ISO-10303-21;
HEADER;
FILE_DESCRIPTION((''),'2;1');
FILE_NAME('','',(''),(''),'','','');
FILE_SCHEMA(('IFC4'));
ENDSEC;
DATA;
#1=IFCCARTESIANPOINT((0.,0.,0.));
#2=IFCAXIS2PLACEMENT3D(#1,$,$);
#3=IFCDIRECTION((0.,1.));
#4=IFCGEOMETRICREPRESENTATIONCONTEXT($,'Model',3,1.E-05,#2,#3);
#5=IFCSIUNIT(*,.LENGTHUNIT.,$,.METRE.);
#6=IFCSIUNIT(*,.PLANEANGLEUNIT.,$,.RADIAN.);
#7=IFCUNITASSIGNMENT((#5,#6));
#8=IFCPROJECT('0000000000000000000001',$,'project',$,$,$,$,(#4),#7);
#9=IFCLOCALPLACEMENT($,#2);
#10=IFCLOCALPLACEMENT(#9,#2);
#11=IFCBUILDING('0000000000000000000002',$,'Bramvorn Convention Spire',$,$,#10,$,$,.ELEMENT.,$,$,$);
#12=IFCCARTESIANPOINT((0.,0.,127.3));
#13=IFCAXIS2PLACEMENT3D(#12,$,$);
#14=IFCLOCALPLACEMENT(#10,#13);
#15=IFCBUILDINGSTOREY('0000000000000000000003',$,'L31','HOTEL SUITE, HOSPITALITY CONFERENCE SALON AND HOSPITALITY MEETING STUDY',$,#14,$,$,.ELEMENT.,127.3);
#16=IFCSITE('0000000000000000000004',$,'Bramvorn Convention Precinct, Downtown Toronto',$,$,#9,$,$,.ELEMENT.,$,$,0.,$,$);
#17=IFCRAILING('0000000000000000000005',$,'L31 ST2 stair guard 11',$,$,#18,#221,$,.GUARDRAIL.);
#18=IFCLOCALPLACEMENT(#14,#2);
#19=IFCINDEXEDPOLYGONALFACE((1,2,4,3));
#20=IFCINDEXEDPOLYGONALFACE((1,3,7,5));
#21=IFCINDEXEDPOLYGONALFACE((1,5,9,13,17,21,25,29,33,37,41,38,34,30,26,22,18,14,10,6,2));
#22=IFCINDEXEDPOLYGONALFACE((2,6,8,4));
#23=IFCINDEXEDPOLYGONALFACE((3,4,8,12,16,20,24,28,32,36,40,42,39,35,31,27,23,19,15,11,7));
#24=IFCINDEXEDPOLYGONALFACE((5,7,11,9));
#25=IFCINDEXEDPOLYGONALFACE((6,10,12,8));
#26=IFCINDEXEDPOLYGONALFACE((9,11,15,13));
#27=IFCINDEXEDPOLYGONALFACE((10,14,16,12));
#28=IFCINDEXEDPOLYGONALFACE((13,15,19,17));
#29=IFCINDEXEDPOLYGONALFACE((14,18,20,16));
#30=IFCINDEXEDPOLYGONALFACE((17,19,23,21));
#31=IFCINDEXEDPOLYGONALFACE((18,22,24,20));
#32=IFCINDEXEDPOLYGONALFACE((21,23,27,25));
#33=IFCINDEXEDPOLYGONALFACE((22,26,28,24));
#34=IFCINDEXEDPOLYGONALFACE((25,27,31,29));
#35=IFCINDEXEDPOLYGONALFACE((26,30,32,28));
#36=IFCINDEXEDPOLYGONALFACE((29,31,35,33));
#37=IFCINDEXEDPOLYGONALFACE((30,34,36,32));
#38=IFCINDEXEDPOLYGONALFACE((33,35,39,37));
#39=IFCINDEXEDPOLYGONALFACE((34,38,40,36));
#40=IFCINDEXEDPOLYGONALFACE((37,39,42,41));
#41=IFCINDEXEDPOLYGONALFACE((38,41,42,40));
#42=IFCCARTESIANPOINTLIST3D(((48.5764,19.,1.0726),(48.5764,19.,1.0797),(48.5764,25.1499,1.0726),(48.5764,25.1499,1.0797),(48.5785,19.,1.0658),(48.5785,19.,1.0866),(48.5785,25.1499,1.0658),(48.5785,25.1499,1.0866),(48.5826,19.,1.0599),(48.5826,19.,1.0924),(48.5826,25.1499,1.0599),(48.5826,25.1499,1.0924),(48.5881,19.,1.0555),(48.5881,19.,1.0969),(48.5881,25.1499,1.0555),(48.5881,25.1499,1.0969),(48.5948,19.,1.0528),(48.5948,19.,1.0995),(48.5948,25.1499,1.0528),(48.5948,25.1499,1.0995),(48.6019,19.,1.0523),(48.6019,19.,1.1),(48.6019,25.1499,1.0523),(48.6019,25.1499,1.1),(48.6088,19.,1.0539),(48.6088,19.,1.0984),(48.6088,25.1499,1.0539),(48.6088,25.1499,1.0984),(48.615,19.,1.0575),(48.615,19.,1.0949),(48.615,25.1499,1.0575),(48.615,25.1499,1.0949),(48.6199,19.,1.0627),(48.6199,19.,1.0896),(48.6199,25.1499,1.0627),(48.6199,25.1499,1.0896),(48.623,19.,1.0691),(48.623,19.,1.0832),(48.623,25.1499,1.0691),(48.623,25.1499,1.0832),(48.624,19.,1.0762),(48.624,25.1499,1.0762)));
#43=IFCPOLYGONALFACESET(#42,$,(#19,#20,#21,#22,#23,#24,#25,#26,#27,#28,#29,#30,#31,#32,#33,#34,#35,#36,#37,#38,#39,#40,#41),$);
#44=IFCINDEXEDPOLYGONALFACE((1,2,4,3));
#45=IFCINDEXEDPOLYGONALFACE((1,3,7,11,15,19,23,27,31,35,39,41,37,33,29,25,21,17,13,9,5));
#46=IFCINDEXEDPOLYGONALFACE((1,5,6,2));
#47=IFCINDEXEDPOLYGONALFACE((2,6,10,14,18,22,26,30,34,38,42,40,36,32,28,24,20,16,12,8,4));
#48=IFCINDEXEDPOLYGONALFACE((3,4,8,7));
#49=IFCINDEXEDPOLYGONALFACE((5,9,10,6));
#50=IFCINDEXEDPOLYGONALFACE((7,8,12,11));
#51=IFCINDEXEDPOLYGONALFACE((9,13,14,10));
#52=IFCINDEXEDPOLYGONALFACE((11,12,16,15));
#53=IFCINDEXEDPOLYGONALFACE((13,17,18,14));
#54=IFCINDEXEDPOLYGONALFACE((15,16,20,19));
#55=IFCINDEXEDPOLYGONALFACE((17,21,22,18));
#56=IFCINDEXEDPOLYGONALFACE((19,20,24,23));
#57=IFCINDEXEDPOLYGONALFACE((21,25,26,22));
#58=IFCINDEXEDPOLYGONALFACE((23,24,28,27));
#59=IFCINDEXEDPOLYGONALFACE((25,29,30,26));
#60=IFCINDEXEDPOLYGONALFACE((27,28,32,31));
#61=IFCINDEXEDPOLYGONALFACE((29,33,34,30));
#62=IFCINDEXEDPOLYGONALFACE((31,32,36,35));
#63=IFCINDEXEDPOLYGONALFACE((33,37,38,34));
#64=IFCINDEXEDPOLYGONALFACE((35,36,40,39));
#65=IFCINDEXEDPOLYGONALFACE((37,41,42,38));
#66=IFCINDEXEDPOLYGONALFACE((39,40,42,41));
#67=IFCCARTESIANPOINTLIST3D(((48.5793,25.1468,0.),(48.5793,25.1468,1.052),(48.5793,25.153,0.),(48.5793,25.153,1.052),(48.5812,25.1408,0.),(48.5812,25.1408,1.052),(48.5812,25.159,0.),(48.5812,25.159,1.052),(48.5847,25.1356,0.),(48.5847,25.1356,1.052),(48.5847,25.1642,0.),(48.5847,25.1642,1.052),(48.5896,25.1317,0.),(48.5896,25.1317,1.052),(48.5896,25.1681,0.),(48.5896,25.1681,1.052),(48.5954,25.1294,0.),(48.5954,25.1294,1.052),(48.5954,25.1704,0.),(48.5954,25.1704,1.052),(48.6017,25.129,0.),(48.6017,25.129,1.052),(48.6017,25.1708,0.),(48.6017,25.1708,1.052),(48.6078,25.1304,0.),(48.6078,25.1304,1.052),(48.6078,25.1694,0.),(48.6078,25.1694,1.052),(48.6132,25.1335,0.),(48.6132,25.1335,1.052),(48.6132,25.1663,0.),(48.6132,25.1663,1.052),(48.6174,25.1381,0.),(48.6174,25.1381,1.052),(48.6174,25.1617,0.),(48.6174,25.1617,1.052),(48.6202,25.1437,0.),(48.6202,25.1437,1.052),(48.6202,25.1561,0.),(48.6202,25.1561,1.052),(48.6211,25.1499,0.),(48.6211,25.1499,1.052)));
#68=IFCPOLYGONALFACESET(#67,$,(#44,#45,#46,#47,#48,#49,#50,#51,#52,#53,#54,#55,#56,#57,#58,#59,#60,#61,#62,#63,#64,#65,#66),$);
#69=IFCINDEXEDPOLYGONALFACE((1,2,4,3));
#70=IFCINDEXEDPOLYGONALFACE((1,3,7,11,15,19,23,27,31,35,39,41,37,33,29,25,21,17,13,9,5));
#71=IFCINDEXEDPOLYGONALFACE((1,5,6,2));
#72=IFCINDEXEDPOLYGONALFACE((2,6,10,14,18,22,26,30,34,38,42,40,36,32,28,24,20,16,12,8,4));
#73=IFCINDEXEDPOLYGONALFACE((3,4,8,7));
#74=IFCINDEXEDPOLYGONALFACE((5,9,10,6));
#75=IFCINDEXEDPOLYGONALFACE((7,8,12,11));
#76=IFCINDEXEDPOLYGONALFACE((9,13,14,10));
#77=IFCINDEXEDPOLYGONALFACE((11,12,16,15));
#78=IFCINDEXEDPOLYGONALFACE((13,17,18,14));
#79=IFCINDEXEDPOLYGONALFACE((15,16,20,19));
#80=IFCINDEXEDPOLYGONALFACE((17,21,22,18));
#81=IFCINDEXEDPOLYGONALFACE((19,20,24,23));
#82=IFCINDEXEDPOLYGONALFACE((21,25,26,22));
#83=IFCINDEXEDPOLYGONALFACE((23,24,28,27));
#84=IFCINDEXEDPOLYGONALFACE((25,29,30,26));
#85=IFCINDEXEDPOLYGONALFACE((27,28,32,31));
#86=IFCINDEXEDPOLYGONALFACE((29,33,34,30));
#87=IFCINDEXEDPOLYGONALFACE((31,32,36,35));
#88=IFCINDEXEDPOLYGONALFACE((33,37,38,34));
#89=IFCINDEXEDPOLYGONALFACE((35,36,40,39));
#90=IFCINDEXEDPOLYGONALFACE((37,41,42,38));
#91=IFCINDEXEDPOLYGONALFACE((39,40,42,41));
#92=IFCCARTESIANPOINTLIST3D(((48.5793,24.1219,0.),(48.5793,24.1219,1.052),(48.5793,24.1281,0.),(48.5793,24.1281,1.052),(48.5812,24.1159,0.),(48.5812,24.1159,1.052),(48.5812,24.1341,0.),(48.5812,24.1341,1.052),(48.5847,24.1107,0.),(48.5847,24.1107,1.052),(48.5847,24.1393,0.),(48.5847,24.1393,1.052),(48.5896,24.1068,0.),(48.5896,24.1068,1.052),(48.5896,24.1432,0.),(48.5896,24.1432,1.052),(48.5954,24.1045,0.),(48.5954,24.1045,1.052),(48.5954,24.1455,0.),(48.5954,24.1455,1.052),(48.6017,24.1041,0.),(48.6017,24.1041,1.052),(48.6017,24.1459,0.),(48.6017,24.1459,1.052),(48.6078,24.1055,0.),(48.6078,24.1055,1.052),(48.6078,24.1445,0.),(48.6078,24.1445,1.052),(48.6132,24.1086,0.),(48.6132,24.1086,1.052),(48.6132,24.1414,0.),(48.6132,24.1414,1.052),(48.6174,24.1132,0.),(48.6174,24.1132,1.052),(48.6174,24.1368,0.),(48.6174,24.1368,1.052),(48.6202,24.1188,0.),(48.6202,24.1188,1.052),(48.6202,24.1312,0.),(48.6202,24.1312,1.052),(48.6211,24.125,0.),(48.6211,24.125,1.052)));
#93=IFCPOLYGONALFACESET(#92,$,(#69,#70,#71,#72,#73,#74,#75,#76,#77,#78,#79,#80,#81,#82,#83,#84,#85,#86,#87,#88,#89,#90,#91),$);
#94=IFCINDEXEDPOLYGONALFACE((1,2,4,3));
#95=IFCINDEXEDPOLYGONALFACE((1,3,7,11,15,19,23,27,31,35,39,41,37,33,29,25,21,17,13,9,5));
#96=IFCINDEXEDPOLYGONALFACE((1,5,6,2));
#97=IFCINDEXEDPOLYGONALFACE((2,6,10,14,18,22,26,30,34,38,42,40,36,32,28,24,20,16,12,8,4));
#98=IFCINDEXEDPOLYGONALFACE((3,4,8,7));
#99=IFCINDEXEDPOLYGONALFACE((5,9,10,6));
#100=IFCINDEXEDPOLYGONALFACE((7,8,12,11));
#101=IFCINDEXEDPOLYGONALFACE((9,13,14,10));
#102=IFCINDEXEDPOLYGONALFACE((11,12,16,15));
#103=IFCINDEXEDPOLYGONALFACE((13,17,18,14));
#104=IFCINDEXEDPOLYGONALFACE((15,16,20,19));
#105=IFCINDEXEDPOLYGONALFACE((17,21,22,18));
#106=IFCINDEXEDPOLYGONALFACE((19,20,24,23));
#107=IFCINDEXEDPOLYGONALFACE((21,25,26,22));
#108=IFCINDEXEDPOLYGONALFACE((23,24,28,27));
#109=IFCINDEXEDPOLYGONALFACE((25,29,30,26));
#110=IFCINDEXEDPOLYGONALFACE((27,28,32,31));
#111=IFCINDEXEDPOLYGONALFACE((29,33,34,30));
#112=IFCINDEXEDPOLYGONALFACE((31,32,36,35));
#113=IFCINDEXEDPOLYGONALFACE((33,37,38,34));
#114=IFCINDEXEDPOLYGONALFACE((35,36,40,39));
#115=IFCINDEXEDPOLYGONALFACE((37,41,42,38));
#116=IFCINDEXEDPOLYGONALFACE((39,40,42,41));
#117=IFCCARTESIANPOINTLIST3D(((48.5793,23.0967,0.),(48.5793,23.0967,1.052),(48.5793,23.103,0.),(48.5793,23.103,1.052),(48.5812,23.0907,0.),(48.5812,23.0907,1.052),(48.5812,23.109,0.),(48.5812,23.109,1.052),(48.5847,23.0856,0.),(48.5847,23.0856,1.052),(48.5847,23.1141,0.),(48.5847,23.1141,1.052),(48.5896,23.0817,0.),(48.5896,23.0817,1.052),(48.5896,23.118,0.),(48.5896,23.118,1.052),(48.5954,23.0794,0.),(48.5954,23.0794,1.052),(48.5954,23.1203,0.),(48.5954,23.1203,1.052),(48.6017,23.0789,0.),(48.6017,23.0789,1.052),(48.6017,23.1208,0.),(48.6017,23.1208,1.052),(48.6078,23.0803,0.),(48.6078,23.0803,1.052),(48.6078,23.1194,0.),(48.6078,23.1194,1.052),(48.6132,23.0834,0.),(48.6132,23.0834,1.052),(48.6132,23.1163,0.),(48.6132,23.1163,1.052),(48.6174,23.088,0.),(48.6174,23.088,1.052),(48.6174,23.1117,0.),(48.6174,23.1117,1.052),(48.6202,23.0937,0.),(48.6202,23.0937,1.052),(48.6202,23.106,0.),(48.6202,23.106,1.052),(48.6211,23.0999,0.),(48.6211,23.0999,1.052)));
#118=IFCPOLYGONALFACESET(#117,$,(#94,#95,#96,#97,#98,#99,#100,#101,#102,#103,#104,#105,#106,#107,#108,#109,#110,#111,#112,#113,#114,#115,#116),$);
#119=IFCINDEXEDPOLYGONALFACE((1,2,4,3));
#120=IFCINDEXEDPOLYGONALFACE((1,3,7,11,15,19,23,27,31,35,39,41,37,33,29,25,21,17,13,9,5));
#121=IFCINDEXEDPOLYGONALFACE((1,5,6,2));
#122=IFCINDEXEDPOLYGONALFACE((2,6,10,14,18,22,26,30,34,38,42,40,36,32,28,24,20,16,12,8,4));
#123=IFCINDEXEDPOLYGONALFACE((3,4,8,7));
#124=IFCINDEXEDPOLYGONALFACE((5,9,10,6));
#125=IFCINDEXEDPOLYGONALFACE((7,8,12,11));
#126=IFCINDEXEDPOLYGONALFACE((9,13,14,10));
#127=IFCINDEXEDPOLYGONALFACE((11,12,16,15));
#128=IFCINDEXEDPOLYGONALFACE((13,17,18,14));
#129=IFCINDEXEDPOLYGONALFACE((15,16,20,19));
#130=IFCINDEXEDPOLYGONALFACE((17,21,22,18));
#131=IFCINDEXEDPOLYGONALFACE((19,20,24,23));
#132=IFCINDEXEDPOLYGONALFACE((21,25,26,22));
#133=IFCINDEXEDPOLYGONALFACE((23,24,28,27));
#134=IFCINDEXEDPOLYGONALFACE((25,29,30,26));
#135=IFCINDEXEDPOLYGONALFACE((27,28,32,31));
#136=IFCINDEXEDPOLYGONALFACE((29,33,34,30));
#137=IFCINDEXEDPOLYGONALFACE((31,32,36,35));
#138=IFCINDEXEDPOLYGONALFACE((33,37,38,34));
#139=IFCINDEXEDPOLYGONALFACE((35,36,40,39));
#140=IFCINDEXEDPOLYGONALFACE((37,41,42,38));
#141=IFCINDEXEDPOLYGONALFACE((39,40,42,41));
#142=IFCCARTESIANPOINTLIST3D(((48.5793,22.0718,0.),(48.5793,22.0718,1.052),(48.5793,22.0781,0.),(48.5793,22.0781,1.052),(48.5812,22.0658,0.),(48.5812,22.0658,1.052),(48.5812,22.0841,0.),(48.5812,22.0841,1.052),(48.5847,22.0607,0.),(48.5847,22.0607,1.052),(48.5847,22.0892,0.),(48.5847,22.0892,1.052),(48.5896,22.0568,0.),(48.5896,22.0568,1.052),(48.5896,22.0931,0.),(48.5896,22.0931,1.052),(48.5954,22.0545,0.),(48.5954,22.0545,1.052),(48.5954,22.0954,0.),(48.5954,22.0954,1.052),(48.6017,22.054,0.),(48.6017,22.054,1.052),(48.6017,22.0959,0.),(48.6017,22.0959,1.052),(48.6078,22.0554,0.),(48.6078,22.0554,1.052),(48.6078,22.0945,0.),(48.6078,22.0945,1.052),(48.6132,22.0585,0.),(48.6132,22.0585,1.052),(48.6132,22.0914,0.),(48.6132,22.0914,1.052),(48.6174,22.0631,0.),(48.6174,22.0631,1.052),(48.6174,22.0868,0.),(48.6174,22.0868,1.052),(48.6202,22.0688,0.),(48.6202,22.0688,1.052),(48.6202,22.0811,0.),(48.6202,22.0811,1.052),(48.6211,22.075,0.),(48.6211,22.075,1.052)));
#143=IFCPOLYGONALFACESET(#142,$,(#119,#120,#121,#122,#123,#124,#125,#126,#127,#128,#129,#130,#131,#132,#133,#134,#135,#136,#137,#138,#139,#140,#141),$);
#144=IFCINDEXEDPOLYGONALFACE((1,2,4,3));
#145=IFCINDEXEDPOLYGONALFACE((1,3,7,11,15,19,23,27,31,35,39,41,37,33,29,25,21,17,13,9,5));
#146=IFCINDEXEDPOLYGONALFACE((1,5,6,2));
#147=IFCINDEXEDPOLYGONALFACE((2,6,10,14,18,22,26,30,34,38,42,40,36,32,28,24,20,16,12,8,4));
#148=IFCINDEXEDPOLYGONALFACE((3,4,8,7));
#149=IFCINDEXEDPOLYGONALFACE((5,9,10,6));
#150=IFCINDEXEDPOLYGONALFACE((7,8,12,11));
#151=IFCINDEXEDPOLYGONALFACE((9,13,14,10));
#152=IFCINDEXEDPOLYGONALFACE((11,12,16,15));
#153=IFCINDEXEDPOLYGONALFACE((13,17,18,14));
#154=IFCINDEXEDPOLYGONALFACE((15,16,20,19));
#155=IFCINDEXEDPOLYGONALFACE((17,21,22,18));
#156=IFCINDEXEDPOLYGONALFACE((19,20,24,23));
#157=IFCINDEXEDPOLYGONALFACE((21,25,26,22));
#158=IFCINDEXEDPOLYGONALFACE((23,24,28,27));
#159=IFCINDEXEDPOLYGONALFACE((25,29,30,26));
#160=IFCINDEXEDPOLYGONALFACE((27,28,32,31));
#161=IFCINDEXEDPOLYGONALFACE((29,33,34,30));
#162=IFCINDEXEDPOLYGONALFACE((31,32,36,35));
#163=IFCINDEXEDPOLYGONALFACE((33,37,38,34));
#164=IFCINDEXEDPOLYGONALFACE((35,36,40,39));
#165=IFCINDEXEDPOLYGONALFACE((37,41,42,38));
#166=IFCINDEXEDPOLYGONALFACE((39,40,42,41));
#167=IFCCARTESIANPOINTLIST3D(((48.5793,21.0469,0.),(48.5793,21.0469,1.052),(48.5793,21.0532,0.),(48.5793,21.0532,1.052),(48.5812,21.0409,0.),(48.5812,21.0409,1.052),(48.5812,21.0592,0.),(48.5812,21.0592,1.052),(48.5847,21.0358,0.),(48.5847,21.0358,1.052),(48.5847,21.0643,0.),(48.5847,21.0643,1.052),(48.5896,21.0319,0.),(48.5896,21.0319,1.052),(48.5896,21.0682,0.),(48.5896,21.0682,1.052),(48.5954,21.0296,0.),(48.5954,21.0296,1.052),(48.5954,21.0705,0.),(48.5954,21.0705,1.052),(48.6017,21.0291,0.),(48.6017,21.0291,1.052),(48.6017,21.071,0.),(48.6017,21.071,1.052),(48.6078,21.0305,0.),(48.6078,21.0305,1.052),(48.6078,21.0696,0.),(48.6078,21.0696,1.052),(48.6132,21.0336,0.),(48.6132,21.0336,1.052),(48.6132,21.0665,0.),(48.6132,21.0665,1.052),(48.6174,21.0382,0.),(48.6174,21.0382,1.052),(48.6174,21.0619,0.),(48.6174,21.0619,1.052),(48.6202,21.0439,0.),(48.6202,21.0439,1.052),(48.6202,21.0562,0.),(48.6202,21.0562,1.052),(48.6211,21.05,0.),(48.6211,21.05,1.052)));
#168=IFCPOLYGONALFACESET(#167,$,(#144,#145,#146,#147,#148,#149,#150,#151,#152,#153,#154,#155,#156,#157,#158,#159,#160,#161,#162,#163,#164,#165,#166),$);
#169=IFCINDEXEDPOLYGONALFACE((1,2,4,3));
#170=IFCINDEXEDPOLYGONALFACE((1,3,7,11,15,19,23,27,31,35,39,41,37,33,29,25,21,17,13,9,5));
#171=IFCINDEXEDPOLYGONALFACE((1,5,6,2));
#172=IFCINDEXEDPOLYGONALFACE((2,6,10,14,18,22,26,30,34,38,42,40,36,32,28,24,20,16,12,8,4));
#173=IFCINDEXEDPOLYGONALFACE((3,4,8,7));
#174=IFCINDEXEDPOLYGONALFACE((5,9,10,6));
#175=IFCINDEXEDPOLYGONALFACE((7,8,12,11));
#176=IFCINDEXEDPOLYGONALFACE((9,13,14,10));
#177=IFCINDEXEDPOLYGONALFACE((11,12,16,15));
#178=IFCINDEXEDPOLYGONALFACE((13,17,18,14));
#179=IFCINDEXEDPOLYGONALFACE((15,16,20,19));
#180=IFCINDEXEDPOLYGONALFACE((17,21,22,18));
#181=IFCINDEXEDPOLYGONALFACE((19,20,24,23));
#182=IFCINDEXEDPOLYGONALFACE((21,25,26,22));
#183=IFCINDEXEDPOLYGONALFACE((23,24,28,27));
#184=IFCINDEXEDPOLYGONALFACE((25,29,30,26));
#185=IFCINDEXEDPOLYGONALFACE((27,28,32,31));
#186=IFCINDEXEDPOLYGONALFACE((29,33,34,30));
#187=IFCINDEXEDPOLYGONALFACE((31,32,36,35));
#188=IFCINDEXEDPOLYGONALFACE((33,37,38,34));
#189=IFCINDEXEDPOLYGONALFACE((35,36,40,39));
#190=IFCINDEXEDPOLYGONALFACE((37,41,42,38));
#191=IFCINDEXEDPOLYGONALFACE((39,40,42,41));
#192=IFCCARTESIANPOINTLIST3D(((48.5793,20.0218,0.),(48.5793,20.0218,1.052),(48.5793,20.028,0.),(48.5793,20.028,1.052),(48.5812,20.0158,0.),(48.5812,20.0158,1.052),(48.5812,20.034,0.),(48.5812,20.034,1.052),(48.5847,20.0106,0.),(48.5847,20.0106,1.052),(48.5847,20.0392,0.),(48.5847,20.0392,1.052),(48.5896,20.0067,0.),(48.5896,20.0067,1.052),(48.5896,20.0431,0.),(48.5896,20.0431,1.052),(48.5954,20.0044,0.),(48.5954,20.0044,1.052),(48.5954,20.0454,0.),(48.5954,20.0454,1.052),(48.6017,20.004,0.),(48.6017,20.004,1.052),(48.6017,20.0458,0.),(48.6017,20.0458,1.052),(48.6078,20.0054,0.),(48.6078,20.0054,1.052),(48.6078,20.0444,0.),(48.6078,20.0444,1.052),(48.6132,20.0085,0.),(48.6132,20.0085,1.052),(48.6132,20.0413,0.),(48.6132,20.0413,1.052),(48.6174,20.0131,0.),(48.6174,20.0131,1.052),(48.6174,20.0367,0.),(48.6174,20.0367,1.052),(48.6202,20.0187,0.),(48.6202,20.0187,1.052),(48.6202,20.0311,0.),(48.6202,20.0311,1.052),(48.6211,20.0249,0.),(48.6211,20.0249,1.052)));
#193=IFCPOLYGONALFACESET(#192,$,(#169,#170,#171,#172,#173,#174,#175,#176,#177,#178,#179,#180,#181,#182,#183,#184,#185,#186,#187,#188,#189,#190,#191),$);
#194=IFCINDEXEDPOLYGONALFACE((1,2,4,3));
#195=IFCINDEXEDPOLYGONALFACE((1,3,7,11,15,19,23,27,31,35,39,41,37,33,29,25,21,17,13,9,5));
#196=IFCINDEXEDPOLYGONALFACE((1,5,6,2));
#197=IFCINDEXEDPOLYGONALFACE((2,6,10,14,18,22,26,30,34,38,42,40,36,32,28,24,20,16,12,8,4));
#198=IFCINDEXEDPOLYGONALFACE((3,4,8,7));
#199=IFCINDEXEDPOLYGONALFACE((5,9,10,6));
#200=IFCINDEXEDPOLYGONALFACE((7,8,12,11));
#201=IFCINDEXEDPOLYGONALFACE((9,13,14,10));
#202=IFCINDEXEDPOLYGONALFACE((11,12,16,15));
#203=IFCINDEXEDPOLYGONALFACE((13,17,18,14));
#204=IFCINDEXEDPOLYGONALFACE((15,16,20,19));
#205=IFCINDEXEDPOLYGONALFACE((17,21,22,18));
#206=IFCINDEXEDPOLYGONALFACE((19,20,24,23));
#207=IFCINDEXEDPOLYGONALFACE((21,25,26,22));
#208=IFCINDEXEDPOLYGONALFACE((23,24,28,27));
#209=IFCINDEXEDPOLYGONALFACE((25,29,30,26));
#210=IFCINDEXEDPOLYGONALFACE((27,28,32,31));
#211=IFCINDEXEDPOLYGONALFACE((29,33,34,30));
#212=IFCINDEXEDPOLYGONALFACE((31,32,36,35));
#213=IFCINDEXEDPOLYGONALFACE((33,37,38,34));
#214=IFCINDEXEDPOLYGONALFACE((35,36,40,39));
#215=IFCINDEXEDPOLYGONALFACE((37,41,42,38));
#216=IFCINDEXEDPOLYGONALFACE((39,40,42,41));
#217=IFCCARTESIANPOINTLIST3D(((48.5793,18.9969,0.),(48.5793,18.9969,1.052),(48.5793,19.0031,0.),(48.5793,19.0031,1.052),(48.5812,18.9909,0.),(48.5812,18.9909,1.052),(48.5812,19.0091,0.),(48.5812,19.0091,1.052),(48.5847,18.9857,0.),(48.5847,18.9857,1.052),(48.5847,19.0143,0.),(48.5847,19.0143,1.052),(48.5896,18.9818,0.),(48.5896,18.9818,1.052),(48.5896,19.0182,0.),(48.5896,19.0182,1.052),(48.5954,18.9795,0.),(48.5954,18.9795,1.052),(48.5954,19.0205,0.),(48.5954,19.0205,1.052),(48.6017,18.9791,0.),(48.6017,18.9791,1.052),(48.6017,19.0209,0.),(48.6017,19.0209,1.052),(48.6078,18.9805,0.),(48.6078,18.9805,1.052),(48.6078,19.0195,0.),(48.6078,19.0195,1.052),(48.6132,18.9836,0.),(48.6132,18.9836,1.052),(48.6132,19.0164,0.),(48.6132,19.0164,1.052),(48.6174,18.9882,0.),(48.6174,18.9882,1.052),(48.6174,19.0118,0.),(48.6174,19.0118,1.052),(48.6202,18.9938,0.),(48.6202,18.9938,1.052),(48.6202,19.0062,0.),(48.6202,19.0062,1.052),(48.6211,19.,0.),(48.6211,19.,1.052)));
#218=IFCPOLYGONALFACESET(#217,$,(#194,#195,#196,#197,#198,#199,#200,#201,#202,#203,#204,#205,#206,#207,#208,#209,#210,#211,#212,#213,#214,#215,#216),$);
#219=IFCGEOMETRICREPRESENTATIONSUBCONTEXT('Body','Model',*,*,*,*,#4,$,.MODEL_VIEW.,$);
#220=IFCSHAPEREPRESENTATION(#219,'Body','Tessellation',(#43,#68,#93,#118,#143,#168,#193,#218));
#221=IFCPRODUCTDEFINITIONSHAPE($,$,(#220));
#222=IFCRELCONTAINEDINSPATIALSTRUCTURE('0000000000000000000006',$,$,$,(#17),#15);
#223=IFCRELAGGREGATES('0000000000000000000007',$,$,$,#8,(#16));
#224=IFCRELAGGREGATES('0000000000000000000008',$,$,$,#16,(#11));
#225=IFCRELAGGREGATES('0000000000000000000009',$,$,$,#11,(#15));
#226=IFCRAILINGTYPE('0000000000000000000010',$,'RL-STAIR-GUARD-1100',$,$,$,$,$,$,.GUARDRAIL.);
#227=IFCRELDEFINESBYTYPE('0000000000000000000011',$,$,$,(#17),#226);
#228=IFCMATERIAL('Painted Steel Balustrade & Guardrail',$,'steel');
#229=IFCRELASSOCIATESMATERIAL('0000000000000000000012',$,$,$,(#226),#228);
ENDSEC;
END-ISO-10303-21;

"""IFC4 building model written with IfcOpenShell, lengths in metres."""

from ifc_helpers import new_model, si_unit, direction, frame, origin, origin_2d, place, context, subcontext, project, spatial, circle, extrude, material, type_object, element, save


model = new_model("IFC4")

# Units and contexts
model_context = context("Model", 3, precision=1e-05, world=origin(), true_north=direction((0.0, 1.0)))
body_context = subcontext(model_context, "Body", "Model", "MODEL_VIEW")
ifc_project = project(units=[si_unit("LENGTHUNIT", "METRE"), si_unit("PLANEANGLEUNIT", "RADIAN")], contexts=[model_context])

# Site, building, storey
site_placement = place(None, origin())
site = spatial("IfcSite", under=ifc_project, at=site_placement, Name="Bramvorn Convention Precinct, Downtown Toronto", CompositionType="ELEMENT", RefElevation=0.0)
building_placement = place(site_placement, origin())
building = spatial("IfcBuilding", under=site, at=building_placement, Name="Bramvorn Convention Spire", CompositionType="ELEMENT")
storey_placement = place(building_placement, frame((0.0, 0.0, 127.3)))
storey = spatial("IfcBuildingStorey", under=building, at=storey_placement, Name="L31", Description="HOTEL SUITE, HOSPITALITY CONFERENCE SALON AND HOSPITALITY MEETING STUDY", CompositionType="ELEMENT", Elevation=127.3)

# Railing
ifc_material_1 = material(Name="Painted Steel Balustrade & Guardrail", Category="steel")
railing_type_1 = type_object("IfcRailingType", Name="RL-STAIR-GUARD-1100", PredefinedType="GUARDRAIL", material=ifc_material_1)
railing_1_placement = place(storey_placement, frame((48.6001, 25.1499, 0.0)))
element("IfcRailing", 1, at=railing_1_placement, inside=storey, type_object=railing_type_1, Name="L31 ST2 stair guard 11", PredefinedType="GUARDRAIL", context=body_context, shape_type="SweptSolid", body=[
    extrude(circle(Radius=0.0239, at=origin_2d()), frame((0.0, 0.0, 1.0762), z_axis=(0.0, -1.0, 0.0), x_axis=(1.0, 0.0, 0.0)), (0.0, 0.0, 1.0), 6.1499),
    extrude(circle(Radius=0.021, at=origin_2d()), origin(), (0.0, 0.0, 1.0), 1.052),
    extrude(circle(Radius=0.021, at=origin_2d()), frame((0.0, -1.0249, 0.0)), (0.0, 0.0, 1.0), 1.052),
    extrude(circle(Radius=0.021, at=origin_2d()), frame((0.0, -2.05, 0.0)), (0.0, 0.0, 1.0), 1.052),
    extrude(circle(Radius=0.021, at=origin_2d()), frame((0.0, -3.075, 0.0)), (0.0, 0.0, 1.0), 1.052),
    extrude(circle(Radius=0.021, at=origin_2d()), frame((0.0, -4.0999, 0.0)), (0.0, 0.0, 1.0), 1.052),
    extrude(circle(Radius=0.021, at=origin_2d()), frame((0.0, -5.125, 0.0)), (0.0, 0.0, 1.0), 1.052),
    extrude(circle(Radius=0.021, at=origin_2d()), frame((0.0, -6.1499, 0.0)), (0.0, 0.0, 1.0), 1.052),
])

save(model, "model.ifc")
